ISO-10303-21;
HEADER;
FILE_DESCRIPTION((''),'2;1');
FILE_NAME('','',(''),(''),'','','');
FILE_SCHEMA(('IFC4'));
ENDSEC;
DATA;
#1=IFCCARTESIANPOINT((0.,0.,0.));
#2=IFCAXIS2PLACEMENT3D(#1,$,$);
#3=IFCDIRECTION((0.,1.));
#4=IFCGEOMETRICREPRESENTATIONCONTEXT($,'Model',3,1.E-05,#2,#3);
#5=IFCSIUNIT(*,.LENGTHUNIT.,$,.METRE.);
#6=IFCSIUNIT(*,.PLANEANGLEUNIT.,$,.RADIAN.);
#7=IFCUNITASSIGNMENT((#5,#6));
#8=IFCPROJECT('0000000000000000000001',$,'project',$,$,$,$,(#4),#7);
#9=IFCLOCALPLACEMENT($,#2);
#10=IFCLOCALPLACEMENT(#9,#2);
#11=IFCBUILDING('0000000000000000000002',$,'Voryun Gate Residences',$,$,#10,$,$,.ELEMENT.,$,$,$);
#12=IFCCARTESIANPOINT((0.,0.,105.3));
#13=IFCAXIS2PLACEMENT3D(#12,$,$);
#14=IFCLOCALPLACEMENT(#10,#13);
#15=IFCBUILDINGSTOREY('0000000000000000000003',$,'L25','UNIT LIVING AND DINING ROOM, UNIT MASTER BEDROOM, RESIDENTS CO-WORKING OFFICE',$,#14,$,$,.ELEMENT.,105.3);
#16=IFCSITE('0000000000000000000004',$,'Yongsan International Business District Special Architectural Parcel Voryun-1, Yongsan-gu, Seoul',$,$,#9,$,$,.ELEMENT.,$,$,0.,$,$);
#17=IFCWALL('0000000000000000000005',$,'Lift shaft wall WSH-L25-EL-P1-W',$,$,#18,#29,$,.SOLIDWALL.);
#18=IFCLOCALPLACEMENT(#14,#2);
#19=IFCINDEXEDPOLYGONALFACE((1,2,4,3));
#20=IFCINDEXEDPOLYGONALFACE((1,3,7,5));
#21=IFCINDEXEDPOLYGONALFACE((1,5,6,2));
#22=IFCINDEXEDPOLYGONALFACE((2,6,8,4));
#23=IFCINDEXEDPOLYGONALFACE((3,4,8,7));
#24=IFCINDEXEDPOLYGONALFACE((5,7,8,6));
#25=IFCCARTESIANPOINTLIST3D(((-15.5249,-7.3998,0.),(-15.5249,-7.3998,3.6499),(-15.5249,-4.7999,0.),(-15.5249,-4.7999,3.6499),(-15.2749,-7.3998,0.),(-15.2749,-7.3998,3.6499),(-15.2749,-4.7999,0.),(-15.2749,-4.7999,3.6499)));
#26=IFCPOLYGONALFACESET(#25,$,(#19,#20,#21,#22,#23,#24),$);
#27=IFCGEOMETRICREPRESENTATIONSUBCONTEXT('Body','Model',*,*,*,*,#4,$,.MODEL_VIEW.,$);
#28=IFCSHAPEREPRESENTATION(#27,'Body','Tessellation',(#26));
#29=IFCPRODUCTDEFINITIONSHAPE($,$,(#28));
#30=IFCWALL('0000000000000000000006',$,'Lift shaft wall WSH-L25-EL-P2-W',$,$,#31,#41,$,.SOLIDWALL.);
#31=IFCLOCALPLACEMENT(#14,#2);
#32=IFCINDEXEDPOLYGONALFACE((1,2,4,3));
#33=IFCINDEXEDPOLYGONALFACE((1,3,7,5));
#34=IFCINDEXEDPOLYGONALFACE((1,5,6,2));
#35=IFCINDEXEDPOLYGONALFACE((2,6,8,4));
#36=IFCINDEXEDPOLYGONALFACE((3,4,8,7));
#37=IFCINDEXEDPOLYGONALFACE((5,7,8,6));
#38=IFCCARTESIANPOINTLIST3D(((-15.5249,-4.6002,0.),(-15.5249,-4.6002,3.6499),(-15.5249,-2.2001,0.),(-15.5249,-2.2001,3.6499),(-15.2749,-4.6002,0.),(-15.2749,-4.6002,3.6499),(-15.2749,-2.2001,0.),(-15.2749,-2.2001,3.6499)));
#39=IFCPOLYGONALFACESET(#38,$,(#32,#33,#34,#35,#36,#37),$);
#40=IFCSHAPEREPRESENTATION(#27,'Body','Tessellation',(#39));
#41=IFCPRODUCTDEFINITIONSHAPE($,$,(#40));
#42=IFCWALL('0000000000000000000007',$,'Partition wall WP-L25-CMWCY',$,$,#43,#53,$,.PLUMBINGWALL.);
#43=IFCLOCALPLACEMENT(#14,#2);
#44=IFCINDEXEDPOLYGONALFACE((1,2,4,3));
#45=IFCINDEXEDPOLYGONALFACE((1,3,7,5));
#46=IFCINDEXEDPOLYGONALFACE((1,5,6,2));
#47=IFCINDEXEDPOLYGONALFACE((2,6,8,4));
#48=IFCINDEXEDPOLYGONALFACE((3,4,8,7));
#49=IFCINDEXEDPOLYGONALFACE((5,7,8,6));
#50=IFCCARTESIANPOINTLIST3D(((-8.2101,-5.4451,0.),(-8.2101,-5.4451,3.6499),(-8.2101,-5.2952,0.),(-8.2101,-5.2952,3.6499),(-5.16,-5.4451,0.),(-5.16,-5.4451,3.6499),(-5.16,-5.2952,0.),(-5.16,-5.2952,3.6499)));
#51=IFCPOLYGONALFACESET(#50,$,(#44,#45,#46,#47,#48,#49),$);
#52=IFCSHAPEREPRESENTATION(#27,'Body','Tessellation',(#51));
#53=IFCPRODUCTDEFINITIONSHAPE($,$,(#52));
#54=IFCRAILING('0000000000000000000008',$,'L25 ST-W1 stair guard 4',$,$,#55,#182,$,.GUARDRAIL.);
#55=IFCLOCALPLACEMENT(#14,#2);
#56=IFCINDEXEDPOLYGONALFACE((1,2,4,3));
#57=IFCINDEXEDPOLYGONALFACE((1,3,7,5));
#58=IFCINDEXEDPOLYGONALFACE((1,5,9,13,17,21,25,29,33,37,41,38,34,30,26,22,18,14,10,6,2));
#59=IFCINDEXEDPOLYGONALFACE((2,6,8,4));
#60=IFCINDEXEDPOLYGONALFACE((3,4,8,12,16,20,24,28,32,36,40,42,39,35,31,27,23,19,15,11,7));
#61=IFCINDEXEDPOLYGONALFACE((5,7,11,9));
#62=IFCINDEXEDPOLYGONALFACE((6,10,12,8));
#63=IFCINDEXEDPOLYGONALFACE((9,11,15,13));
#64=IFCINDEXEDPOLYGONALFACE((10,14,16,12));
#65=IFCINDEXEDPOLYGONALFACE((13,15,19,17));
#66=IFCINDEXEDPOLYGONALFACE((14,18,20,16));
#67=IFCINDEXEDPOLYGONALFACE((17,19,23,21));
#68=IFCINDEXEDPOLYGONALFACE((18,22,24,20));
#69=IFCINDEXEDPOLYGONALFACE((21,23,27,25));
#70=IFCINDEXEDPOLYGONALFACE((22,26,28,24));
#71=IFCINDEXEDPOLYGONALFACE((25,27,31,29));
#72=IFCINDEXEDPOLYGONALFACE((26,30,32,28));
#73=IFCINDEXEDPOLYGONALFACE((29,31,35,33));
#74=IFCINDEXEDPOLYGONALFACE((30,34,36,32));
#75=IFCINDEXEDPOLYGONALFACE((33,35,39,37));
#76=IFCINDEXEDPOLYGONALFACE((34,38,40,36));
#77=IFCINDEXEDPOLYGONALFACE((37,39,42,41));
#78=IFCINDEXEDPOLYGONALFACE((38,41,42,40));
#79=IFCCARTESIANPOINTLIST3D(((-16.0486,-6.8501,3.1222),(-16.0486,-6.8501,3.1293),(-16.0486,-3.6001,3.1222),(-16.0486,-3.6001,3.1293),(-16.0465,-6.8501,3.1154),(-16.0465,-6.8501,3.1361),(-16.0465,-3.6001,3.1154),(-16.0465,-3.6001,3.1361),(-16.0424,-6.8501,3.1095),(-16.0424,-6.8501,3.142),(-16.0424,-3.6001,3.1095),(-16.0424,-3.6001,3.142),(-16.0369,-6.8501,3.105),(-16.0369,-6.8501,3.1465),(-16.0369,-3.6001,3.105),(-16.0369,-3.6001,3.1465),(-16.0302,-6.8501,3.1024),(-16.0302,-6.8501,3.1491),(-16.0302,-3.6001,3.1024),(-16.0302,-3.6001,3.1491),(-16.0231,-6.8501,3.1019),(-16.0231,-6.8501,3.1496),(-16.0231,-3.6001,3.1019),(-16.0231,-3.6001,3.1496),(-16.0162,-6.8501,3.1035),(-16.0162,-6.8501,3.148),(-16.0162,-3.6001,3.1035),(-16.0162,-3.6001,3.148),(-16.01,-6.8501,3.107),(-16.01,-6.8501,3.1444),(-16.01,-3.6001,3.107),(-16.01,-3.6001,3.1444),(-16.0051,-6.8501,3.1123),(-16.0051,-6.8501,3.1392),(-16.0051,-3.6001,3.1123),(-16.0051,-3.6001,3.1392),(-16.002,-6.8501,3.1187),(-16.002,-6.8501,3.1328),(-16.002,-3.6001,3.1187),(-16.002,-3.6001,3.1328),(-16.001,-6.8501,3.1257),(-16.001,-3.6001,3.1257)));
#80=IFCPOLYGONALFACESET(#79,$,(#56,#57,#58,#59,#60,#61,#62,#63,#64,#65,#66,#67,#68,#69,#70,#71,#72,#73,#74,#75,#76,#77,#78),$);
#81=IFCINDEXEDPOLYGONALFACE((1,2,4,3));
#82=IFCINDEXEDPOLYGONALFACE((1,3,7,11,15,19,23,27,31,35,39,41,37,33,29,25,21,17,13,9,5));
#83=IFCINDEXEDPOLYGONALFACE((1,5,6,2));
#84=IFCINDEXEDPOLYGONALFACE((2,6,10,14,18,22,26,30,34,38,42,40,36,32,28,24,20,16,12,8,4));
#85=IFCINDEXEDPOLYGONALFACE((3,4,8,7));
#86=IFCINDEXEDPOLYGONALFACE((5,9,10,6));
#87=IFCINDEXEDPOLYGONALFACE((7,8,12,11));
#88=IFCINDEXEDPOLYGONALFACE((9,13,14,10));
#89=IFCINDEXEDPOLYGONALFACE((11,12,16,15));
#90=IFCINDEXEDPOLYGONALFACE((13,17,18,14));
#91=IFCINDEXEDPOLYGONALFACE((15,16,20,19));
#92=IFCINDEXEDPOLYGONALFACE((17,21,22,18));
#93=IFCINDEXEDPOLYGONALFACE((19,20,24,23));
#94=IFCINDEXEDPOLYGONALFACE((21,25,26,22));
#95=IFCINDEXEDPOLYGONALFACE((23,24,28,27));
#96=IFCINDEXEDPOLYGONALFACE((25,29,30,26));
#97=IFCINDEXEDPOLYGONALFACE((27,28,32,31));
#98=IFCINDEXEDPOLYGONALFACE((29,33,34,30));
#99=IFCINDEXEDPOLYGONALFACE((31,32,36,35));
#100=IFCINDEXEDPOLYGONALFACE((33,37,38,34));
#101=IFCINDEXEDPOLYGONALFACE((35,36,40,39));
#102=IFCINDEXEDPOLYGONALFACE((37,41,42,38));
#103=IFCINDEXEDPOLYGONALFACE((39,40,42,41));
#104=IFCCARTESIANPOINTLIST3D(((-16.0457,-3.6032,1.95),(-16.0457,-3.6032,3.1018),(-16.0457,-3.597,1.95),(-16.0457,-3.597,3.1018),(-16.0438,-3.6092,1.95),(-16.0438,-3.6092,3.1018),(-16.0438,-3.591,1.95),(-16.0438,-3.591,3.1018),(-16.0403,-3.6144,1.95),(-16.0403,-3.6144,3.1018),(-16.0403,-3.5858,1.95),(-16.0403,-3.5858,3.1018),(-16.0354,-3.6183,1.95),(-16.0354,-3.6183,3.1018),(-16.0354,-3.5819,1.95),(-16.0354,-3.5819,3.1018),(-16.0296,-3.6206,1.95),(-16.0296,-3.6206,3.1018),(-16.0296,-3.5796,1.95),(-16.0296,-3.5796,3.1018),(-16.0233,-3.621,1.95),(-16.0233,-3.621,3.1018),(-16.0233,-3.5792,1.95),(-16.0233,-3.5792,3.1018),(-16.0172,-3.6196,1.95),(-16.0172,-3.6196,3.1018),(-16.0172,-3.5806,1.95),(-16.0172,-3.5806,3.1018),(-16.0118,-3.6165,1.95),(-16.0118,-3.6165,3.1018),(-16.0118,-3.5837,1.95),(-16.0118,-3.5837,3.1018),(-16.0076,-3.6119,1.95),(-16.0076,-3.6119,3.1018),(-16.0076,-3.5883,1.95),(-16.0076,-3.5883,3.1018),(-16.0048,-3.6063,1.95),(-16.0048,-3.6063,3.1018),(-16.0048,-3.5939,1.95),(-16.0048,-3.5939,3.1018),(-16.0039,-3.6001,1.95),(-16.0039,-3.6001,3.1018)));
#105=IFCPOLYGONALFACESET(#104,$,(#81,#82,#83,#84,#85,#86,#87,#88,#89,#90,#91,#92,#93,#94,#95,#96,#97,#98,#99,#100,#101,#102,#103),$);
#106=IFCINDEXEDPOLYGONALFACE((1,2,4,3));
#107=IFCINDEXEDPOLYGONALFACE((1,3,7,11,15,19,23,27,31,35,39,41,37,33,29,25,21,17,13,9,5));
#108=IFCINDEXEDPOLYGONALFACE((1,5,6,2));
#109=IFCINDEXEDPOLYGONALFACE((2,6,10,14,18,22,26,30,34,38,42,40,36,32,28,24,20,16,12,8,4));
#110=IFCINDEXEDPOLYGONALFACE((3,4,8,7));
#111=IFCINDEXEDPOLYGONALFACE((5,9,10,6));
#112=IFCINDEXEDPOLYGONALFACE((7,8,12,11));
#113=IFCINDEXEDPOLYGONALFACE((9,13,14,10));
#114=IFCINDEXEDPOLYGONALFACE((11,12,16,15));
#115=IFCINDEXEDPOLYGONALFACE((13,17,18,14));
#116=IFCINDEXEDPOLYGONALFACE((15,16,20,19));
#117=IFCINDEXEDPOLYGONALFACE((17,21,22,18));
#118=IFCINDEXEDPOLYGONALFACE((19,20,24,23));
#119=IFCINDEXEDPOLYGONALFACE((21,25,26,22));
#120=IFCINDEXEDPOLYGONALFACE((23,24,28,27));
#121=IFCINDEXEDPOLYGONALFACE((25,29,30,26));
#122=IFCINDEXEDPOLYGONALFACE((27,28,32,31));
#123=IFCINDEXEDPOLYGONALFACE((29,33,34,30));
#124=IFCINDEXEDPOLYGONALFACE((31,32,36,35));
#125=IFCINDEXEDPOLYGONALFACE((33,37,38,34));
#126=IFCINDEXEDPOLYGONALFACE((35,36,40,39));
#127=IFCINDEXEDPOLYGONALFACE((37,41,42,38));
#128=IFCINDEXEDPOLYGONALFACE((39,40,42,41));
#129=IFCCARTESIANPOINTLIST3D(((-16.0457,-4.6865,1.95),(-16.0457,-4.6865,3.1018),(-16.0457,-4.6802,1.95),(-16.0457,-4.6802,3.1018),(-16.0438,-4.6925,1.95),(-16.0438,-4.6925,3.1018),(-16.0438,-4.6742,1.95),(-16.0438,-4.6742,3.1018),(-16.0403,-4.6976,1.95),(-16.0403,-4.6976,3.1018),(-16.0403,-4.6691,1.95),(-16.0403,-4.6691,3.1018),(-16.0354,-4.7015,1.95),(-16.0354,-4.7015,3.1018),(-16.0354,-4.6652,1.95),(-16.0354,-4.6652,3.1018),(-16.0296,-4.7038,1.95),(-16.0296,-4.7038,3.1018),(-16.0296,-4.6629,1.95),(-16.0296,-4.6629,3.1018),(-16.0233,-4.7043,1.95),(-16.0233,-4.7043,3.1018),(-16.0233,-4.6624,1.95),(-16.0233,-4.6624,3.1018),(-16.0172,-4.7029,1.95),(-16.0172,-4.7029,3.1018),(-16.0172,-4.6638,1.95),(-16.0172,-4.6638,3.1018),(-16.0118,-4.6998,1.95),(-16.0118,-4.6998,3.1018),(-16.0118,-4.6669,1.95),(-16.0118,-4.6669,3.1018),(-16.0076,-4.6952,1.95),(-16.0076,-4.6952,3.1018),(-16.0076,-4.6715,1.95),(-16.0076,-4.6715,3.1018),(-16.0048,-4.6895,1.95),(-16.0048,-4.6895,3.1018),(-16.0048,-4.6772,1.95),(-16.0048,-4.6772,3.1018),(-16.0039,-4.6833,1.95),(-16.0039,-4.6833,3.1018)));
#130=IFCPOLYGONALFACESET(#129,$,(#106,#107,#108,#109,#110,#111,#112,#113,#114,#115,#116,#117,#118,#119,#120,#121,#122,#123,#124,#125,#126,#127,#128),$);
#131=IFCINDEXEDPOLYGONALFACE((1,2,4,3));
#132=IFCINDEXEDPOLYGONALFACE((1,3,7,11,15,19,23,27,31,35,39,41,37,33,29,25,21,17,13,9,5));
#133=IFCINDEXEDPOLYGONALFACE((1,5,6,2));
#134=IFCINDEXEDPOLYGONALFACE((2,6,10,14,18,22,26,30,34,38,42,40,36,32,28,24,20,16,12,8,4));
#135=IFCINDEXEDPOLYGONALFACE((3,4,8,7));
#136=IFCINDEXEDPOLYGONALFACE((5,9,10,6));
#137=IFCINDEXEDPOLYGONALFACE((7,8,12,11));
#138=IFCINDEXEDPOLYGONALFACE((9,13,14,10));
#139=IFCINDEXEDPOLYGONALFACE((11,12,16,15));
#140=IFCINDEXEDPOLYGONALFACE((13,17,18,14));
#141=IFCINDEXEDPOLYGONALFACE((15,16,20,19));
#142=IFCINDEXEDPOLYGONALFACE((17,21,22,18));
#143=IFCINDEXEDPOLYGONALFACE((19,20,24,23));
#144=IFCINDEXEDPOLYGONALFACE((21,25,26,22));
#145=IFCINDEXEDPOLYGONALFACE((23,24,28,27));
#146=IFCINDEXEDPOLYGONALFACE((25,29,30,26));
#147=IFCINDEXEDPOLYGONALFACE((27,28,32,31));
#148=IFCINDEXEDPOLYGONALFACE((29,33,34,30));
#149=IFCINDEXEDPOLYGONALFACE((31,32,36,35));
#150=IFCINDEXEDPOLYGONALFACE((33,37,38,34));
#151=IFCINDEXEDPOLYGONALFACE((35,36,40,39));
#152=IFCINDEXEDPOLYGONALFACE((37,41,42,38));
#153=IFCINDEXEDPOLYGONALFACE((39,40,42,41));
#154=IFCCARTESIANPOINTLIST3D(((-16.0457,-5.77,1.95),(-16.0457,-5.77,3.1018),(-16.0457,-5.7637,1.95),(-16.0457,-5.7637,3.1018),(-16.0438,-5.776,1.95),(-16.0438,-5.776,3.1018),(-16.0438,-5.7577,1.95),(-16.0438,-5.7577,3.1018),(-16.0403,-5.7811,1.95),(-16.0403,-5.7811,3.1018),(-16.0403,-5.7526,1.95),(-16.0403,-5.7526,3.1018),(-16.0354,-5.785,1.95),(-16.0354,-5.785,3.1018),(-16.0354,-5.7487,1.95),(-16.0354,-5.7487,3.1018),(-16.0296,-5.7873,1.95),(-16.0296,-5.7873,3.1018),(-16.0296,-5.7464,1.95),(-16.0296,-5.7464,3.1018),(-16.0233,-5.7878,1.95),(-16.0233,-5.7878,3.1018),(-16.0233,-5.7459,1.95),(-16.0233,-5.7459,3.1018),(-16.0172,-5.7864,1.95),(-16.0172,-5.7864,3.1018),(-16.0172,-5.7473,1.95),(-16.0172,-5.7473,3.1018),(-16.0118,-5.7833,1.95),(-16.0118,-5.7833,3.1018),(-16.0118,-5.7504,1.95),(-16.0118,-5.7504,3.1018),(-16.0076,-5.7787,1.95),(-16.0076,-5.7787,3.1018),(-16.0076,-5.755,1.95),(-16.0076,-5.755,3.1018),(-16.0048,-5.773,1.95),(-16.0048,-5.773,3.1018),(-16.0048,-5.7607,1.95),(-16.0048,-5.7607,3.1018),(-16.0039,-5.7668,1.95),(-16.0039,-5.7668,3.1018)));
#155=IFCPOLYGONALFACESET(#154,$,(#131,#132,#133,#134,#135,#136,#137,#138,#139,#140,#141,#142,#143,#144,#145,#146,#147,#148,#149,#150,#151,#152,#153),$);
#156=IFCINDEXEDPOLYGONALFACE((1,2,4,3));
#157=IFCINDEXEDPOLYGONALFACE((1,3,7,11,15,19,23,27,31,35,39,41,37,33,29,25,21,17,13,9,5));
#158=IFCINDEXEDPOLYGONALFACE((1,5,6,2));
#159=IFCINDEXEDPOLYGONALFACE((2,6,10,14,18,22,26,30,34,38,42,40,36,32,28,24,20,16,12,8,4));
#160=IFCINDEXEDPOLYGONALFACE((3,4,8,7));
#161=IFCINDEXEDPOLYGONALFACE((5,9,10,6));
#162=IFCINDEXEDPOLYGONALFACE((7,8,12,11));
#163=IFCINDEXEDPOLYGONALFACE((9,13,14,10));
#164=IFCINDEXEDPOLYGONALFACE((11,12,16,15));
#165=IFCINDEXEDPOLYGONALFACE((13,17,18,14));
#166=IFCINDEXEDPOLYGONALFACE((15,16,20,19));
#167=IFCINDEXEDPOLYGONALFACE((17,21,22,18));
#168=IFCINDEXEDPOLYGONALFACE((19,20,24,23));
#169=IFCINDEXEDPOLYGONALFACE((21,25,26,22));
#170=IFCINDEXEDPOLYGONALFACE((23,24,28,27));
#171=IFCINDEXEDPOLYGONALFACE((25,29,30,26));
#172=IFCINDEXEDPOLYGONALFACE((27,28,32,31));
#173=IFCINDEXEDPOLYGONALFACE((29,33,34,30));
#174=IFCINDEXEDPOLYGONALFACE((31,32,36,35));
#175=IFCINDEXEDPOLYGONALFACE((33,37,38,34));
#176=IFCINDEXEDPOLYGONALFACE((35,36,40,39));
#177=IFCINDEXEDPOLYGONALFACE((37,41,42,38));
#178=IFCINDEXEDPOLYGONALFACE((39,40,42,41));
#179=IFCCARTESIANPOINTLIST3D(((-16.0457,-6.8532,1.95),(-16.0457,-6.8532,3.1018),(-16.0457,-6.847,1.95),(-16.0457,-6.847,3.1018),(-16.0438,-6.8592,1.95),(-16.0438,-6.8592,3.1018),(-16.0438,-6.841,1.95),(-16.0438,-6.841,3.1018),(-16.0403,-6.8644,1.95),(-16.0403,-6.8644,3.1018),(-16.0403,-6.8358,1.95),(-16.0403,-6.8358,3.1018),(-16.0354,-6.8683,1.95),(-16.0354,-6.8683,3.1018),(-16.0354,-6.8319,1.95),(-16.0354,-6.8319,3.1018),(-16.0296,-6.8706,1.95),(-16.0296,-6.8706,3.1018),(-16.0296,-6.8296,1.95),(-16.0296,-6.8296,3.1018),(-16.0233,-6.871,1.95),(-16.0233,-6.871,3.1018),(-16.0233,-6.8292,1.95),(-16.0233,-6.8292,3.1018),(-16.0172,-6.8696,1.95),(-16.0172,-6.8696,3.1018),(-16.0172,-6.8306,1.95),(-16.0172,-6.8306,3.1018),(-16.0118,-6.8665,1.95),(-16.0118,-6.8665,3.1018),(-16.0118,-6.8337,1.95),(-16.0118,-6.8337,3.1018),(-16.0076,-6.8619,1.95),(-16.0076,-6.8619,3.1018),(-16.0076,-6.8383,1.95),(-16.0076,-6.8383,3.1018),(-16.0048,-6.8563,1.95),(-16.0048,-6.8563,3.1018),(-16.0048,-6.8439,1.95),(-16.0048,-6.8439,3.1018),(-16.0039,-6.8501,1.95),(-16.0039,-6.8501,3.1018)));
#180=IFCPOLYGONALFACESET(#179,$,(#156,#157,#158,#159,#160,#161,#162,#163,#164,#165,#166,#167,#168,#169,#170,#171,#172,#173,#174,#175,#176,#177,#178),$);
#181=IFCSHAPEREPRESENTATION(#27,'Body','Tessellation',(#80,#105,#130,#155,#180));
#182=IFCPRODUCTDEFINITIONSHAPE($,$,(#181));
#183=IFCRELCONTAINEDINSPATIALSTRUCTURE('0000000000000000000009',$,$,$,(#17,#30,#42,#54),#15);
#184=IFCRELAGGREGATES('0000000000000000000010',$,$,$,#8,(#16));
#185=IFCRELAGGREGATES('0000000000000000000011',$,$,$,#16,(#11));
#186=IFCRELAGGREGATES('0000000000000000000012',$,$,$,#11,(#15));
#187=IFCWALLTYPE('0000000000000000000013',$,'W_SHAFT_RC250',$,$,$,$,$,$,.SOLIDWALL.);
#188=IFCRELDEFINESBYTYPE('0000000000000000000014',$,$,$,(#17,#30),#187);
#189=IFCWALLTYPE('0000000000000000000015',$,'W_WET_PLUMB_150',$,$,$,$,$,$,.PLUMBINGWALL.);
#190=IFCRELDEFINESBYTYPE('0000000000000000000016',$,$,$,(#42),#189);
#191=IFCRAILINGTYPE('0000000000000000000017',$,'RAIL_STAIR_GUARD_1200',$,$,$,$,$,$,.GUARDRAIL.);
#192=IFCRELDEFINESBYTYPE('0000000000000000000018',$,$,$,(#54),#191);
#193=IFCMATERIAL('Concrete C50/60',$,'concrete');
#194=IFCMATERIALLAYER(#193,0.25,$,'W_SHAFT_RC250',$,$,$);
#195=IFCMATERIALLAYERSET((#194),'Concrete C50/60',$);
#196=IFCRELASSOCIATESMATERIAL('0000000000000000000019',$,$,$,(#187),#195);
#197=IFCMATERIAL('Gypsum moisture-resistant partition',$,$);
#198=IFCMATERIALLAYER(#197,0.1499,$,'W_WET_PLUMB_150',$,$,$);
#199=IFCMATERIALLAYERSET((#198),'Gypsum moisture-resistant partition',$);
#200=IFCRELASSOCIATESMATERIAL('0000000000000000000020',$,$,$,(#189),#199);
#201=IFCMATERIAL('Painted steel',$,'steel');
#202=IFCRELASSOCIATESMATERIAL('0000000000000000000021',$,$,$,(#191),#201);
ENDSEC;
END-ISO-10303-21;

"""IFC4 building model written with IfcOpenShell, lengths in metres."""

from ifc_helpers import new_model, si_unit, direction, frame, frame_2d, origin, origin_2d, place, context, subcontext, project, spatial, rectangle, circle, extrude, material, layer, layer_set, type_object, element, save


model = new_model("IFC4")

# Units and contexts
model_context = context("Model", 3, precision=1e-05, world=origin(), true_north=direction((0.0, 1.0)))
body_context = subcontext(model_context, "Body", "Model", "MODEL_VIEW")
ifc_project = project(units=[si_unit("LENGTHUNIT", "METRE"), si_unit("PLANEANGLEUNIT", "RADIAN")], contexts=[model_context])

# Site, building, storey
site_placement = place(None, origin())
site = spatial("IfcSite", under=ifc_project, at=site_placement, Name="Yongsan International Business District Special Architectural Parcel Voryun-1, Yongsan-gu, Seoul", CompositionType="ELEMENT", RefElevation=0.0)
building_placement = place(site_placement, origin())
building = spatial("IfcBuilding", under=site, at=building_placement, Name="Voryun Gate Residences", CompositionType="ELEMENT")
storey_placement = place(building_placement, frame((0.0, 0.0, 105.3)))
storey = spatial("IfcBuildingStorey", under=building, at=storey_placement, Name="L25", Description="UNIT LIVING AND DINING ROOM, UNIT MASTER BEDROOM, RESIDENTS CO-WORKING OFFICE", CompositionType="ELEMENT", Elevation=105.3)

# Walls
ifc_material_1 = material(Name="Concrete C50/60", Category="concrete")
ifc_layer_1 = layer(ifc_material_1, 0.25, Name="W_SHAFT_RC250")
ifc_layer_set_1 = layer_set([ifc_layer_1], Name="Concrete C50/60")
wall_type_1 = type_object("IfcWallType", Name="W_SHAFT_RC250", PredefinedType="SOLIDWALL", material=ifc_layer_set_1)
wall_1_placement = place(storey_placement, frame((-15.3999, -4.8, 0.0), z_axis=(0.0, 0.0, 1.0), x_axis=(0.0, -1.0, 0.0)))
element("IfcWall", 1, at=wall_1_placement, inside=storey, type_object=wall_type_1, Name="Lift shaft wall WSH-L25-EL-P1-W", PredefinedType="SOLIDWALL", context=body_context, shape_type="SweptSolid", body=[
    extrude(rectangle(XDim=2.5999, YDim=0.25, at=frame_2d((1.2998, 0.0))), origin(), (0.0, 0.0, 1.0), 3.6499),
])
wall_2_placement = place(storey_placement, frame((-15.3999, -2.2, 0.0), z_axis=(0.0, 0.0, 1.0), x_axis=(0.0, -1.0, 0.0)))
element("IfcWall", 2, at=wall_2_placement, inside=storey, type_object=wall_type_1, Name="Lift shaft wall WSH-L25-EL-P2-W", PredefinedType="SOLIDWALL", context=body_context, shape_type="SweptSolid", body=[
    extrude(rectangle(XDim=2.4001, YDim=0.25, at=frame_2d((1.2002, 0.0))), origin(), (0.0, 0.0, 1.0), 3.6499),
])
ifc_material_2 = material(Name="Gypsum moisture-resistant partition")
ifc_layer_2 = layer(ifc_material_2, 0.1499, Name="W_WET_PLUMB_150")
ifc_layer_set_2 = layer_set([ifc_layer_2], Name="Gypsum moisture-resistant partition")
wall_type_2 = type_object("IfcWallType", Name="W_WET_PLUMB_150", PredefinedType="PLUMBINGWALL", material=ifc_layer_set_2)
wall_3_placement = place(storey_placement, frame((-8.21, -5.3701, 0.0), z_axis=(0.0, 0.0, 1.0), x_axis=(1.0, 0.0, 0.0)))
element("IfcWall", 3, at=wall_3_placement, inside=storey, type_object=wall_type_2, Name="Partition wall WP-L25-CMWCY", PredefinedType="PLUMBINGWALL", context=body_context, shape_type="SweptSolid", body=[
    extrude(rectangle(XDim=3.05, YDim=0.1499, at=frame_2d((1.5249, 0.0))), origin(), (0.0, 0.0, 1.0), 3.6499),
])

# Railing
ifc_material_3 = material(Name="Painted steel", Category="steel")
railing_type_1 = type_object("IfcRailingType", Name="RAIL_STAIR_GUARD_1200", PredefinedType="GUARDRAIL", material=ifc_material_3)
railing_1_placement = place(storey_placement, frame((-16.0249, -3.6001, 1.95)))
element("IfcRailing", 4, at=railing_1_placement, inside=storey, type_object=railing_type_1, Name="L25 ST-W1 stair guard 4", PredefinedType="GUARDRAIL", context=body_context, shape_type="SweptSolid", body=[
    extrude(circle(Radius=0.0239, at=origin_2d()), frame((0.0, 0.0, 1.1758), z_axis=(0.0, -1.0, 0.0), x_axis=(1.0, 0.0, 0.0)), (0.0, 0.0, 1.0), 3.25),
    extrude(circle(Radius=0.021, at=origin_2d()), origin(), (0.0, 0.0, 1.0), 1.1519),
    extrude(circle(Radius=0.021, at=origin_2d()), frame((0.0, -1.0833, 0.0)), (0.0, 0.0, 1.0), 1.1519),
    extrude(circle(Radius=0.021, at=origin_2d()), frame((0.0, -2.1667, 0.0)), (0.0, 0.0, 1.0), 1.1519),
    extrude(circle(Radius=0.021, at=origin_2d()), frame((0.0, -3.25, 0.0)), (0.0, 0.0, 1.0), 1.1519),
])

save(model, "model.ifc")
